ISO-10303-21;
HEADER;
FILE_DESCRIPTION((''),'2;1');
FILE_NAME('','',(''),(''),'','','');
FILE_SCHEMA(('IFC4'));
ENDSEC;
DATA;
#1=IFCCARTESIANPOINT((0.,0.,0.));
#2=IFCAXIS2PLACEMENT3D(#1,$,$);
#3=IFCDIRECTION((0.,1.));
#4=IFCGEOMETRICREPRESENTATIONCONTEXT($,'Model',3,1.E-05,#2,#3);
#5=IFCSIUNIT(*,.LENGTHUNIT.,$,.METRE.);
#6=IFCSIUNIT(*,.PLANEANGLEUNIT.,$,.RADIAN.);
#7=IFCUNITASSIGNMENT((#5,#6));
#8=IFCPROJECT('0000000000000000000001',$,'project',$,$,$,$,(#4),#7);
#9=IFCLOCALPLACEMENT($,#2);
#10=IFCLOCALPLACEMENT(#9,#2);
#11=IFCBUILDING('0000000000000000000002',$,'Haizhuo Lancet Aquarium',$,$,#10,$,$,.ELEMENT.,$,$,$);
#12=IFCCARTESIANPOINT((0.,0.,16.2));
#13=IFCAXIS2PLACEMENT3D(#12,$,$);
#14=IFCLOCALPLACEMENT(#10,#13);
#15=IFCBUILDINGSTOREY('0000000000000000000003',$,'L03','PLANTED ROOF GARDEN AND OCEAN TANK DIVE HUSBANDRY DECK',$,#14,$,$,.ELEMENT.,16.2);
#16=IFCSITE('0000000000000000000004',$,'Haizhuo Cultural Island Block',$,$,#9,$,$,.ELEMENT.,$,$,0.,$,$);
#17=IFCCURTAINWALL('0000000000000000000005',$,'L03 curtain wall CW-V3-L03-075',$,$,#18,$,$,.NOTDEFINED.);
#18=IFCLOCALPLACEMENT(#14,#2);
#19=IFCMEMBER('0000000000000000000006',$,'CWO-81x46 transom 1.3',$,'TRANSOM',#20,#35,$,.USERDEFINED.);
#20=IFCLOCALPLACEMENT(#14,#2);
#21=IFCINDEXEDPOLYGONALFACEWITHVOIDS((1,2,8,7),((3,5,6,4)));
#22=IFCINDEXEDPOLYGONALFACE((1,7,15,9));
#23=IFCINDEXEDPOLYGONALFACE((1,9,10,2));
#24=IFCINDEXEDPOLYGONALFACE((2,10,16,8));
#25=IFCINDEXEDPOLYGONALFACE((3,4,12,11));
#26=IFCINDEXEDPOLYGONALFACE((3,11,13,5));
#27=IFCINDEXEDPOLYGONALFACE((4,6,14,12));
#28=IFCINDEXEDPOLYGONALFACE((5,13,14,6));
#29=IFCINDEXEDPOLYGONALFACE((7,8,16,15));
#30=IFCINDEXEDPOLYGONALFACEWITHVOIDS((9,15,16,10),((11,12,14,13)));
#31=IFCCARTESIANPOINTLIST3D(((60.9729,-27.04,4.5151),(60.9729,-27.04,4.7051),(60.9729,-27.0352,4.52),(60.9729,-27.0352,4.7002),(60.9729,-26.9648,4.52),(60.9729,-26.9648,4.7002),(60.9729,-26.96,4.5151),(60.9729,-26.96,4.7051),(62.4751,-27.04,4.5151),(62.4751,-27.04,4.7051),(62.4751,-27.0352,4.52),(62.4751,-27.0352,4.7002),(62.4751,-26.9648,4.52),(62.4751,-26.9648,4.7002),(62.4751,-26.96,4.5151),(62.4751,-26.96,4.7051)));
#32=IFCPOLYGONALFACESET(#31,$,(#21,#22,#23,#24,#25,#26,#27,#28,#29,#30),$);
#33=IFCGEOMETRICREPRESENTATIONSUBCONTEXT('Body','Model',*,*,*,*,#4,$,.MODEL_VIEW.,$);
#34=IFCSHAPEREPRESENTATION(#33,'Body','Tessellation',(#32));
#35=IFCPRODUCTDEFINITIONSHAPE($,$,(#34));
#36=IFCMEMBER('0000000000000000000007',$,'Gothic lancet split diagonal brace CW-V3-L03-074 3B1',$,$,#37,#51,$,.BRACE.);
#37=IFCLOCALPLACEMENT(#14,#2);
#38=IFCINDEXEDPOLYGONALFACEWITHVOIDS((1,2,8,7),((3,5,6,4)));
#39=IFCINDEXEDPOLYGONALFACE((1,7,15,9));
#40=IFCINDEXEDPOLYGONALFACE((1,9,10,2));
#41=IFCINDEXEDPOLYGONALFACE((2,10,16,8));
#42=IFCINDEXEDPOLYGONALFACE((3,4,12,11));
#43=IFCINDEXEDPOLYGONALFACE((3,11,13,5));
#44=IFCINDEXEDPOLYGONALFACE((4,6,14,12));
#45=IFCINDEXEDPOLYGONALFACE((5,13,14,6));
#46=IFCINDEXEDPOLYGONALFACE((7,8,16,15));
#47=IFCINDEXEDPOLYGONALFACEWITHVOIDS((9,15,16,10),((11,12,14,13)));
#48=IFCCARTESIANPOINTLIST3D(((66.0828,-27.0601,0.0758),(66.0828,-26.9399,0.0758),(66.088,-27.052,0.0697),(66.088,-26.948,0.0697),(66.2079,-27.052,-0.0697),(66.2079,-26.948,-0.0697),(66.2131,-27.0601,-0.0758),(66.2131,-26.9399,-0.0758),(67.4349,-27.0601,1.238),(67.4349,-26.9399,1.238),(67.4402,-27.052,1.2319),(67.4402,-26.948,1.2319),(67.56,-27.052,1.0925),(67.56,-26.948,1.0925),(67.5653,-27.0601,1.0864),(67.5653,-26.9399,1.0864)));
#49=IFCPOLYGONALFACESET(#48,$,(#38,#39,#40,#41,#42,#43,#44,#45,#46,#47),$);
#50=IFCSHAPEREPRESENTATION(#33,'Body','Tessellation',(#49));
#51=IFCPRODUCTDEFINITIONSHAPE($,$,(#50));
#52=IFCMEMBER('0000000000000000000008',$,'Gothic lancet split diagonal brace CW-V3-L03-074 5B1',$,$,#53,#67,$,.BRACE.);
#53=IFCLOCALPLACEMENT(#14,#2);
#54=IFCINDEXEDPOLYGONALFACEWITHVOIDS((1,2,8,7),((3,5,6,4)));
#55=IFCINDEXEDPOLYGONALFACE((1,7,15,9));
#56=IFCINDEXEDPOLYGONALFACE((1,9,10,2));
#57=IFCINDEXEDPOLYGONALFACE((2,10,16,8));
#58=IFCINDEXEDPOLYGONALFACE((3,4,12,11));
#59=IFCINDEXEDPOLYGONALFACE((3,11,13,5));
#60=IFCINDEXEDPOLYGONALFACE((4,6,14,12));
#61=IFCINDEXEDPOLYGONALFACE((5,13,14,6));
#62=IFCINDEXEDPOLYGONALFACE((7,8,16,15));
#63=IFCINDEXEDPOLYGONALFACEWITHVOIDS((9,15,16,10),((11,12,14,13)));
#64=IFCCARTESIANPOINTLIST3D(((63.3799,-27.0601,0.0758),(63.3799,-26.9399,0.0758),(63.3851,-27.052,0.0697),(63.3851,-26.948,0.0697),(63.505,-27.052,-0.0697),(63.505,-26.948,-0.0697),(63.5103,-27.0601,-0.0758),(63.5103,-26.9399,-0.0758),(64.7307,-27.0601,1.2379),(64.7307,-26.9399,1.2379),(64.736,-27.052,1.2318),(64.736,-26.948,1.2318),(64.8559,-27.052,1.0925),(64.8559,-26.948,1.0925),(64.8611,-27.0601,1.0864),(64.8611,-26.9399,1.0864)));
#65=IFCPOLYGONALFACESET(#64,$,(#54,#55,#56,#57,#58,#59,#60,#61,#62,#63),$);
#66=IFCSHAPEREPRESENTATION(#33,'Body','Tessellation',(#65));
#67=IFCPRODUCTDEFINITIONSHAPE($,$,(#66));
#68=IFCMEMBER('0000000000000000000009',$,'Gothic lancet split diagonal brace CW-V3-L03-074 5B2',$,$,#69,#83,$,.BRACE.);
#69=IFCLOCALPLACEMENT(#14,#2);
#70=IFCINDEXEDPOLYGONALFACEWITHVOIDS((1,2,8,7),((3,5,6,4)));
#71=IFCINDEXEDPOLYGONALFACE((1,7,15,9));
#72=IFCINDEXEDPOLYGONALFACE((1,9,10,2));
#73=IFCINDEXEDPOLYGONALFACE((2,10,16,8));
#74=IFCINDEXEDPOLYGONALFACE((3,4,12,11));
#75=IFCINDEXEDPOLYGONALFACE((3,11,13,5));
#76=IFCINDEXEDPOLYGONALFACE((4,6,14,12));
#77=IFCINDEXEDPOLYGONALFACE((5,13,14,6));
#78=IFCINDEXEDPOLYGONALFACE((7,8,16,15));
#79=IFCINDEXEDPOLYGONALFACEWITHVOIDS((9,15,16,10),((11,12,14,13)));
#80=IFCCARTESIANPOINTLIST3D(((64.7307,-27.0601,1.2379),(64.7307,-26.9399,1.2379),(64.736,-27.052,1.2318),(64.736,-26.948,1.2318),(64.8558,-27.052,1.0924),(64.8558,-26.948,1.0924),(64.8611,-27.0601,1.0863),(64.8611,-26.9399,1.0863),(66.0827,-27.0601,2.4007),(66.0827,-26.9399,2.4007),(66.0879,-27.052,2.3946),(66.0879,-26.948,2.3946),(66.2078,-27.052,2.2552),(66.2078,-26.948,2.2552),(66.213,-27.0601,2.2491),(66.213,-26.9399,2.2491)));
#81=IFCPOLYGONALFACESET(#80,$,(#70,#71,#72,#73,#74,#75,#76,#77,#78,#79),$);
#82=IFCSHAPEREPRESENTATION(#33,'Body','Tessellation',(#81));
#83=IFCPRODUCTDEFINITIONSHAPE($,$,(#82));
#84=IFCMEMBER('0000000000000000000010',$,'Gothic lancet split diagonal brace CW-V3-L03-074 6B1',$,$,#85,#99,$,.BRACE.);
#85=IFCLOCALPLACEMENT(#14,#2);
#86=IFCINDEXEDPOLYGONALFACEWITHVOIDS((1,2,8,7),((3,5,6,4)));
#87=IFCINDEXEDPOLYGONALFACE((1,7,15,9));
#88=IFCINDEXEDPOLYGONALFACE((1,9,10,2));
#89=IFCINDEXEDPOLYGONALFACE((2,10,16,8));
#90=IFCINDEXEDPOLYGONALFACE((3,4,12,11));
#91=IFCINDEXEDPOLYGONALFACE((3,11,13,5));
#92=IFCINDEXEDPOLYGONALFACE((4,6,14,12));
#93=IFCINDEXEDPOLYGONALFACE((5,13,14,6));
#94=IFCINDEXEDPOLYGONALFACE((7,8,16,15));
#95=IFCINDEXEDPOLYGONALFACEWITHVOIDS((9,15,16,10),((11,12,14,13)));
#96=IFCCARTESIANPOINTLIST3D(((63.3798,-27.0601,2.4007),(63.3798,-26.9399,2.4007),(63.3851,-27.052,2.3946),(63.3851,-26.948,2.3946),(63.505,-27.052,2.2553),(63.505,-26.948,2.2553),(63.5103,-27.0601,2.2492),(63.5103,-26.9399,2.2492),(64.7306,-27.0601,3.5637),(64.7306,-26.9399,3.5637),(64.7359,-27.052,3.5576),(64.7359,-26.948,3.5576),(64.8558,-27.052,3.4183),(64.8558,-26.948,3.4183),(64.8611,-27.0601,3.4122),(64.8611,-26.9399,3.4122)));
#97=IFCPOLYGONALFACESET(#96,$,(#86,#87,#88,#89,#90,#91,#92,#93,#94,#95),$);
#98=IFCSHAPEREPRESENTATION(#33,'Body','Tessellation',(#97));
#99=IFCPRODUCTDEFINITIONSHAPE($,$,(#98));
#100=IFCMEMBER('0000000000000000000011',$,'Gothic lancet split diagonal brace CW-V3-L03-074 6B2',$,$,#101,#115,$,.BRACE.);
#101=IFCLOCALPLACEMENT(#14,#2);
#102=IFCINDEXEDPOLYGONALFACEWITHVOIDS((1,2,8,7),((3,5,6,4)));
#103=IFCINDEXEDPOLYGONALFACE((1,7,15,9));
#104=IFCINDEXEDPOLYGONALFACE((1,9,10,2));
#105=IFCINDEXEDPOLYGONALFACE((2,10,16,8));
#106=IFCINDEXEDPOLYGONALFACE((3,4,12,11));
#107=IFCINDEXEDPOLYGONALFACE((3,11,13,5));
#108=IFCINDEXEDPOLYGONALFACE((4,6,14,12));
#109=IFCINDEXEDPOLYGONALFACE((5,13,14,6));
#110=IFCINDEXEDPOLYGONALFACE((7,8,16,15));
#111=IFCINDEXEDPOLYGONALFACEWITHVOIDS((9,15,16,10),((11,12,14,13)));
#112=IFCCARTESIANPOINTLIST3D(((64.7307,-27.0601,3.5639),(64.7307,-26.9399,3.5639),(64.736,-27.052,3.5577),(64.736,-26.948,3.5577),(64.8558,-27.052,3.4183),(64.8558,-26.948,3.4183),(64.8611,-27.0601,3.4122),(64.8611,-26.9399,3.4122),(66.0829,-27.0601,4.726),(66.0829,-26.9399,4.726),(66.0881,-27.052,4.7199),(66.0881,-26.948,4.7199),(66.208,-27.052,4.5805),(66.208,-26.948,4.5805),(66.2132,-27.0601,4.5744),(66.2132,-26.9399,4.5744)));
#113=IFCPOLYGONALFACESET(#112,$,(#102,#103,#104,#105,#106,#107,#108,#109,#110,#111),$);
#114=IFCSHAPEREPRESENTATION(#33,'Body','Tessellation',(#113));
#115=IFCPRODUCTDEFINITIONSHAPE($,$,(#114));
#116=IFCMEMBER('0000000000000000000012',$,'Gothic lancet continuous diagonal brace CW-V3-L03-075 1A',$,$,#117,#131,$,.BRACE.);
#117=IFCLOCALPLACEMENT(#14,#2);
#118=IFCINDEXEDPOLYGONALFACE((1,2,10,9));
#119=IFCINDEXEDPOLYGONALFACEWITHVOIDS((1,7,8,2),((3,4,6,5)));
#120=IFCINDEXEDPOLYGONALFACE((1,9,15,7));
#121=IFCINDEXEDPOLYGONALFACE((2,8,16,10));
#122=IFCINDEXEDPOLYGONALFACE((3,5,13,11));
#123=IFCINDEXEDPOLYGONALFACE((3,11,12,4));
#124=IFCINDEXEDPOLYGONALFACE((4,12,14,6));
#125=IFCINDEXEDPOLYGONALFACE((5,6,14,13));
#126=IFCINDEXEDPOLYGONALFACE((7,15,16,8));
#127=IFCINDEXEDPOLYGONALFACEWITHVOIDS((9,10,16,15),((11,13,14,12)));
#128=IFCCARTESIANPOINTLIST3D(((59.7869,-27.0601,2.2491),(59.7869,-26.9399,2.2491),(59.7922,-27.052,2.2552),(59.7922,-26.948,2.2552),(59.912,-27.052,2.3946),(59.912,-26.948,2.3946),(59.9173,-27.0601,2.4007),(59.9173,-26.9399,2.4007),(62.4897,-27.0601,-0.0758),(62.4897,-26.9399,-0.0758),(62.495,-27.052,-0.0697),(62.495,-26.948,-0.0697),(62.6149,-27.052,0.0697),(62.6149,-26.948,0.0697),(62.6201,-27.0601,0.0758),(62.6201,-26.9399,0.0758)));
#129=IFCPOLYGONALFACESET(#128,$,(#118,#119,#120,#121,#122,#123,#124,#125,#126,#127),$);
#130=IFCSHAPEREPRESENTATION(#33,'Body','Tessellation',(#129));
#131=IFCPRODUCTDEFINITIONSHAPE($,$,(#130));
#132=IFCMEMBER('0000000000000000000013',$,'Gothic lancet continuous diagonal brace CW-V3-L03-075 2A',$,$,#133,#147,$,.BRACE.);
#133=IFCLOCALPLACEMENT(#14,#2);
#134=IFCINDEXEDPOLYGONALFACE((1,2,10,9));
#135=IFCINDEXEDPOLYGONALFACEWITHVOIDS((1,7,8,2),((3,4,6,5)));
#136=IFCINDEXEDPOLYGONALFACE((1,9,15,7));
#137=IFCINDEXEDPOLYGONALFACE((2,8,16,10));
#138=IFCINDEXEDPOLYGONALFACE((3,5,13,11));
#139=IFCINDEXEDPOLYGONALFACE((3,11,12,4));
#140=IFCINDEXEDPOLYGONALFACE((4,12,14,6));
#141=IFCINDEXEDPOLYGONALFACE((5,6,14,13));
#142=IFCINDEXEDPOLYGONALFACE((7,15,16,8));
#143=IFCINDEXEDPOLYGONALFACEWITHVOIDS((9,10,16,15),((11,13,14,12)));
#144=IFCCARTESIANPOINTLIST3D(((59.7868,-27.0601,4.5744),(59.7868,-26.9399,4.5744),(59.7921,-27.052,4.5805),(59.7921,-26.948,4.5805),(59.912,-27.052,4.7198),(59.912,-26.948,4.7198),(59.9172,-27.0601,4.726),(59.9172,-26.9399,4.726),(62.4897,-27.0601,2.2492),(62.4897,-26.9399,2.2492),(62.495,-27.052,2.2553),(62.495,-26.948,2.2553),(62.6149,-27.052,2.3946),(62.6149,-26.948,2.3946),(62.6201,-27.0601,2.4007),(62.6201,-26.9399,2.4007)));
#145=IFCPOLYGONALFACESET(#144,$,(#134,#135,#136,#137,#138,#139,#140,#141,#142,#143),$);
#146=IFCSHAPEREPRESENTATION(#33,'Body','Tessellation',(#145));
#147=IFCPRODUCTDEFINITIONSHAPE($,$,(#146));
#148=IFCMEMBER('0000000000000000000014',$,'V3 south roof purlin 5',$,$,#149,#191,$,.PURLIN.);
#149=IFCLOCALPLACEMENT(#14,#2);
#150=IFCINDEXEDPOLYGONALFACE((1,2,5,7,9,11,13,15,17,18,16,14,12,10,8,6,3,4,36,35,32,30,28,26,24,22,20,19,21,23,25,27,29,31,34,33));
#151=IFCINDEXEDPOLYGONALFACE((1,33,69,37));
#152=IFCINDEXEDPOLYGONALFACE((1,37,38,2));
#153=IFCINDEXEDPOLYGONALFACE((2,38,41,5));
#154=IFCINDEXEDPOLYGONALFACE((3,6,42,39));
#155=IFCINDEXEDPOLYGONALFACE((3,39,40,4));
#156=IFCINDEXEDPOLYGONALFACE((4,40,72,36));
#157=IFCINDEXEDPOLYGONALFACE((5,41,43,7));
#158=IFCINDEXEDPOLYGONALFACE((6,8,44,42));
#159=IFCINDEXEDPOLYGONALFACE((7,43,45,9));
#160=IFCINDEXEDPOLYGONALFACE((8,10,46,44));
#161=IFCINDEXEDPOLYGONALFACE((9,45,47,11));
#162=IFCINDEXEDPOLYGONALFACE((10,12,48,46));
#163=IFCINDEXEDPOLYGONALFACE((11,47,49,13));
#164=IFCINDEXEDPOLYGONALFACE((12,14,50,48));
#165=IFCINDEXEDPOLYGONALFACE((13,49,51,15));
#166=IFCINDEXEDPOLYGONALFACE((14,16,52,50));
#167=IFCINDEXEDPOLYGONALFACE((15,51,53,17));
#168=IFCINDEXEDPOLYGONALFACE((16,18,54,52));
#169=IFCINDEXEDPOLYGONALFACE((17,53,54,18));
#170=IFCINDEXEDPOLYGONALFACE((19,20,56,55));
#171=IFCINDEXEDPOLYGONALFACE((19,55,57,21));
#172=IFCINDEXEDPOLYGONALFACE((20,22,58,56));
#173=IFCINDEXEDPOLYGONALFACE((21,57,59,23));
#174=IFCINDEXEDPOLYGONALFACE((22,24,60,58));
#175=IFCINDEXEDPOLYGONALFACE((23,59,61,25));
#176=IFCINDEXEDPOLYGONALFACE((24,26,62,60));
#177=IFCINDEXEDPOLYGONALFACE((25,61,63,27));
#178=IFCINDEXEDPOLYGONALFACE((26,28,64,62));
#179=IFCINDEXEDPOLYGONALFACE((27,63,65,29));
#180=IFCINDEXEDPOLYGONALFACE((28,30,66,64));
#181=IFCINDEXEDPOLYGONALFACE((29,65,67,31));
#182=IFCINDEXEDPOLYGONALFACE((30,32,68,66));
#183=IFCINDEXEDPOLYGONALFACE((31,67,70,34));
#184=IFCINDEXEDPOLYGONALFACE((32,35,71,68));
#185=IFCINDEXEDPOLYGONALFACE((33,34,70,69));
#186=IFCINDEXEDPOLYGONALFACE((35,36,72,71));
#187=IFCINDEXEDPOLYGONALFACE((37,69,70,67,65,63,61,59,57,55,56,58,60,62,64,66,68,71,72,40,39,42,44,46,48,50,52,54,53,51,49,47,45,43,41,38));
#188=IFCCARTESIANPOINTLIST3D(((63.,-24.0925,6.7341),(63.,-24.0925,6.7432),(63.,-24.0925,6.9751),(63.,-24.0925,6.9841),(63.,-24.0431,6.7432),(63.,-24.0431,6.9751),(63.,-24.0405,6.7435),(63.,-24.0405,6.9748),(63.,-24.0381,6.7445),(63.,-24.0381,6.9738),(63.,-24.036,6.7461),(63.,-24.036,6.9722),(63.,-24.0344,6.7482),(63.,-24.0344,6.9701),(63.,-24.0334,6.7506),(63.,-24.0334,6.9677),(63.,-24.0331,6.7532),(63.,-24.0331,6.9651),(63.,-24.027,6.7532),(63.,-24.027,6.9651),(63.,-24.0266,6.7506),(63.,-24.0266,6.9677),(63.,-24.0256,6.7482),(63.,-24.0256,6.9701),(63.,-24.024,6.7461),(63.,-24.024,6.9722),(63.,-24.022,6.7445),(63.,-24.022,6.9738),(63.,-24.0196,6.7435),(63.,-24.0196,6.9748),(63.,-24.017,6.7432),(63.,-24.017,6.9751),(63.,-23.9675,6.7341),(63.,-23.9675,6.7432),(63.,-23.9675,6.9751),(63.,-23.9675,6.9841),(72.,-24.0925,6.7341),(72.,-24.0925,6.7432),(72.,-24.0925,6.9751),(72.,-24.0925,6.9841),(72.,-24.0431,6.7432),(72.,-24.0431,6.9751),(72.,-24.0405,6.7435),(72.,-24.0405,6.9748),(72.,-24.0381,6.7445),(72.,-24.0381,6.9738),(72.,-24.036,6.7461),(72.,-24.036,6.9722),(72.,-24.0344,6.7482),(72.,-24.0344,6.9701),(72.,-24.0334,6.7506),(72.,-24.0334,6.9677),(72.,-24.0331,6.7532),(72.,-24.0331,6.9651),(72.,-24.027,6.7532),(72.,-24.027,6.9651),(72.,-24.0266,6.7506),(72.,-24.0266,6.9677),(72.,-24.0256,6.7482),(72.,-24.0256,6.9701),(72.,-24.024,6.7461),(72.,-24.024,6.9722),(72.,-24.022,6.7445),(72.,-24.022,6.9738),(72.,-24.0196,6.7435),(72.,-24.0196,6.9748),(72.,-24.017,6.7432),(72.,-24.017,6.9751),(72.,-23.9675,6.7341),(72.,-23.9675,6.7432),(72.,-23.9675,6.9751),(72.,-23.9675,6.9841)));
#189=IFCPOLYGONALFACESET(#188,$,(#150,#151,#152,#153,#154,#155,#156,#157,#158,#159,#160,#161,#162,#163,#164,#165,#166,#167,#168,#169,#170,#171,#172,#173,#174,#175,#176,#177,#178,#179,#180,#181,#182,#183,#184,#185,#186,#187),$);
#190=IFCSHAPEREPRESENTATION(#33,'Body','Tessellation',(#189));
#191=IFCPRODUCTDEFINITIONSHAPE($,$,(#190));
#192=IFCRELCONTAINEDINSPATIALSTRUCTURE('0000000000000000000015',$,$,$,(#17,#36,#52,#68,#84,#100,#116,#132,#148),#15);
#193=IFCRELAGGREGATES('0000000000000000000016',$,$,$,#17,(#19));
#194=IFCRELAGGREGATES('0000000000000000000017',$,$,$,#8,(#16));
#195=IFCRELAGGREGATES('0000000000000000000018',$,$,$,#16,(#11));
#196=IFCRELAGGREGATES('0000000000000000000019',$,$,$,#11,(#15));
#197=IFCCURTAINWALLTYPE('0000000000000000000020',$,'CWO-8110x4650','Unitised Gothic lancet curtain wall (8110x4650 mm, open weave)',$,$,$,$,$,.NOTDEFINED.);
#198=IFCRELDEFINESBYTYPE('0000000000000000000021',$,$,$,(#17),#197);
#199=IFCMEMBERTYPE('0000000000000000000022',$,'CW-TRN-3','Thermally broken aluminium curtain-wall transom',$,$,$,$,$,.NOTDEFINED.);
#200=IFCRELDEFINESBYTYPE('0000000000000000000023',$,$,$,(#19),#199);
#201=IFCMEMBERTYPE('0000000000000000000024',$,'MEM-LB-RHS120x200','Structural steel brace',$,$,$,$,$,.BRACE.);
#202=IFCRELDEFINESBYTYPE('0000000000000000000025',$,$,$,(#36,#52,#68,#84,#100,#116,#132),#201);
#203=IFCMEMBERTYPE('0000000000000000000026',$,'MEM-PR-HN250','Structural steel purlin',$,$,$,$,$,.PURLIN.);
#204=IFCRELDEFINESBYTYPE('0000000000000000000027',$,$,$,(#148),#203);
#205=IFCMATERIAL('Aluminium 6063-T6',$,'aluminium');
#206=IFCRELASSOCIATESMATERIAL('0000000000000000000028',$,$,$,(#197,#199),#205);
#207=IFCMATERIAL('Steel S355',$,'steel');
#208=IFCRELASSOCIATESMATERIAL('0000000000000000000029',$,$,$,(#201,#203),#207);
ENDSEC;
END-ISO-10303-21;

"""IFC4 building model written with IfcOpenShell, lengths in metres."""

from ifc_helpers import new_model, si_unit, direction, frame, origin, origin_2d, place, context, subcontext, project, spatial, hollow_rectangle, i_section, extrude, material, material_profile, profile_set, type_object, element, aggregate, save


model = new_model("IFC4")

# Units and contexts
model_context = context("Model", 3, precision=1e-05, world=origin(), true_north=direction((0.0, 1.0)))
body_context = subcontext(model_context, "Body", "Model", "MODEL_VIEW")
ifc_project = project(units=[si_unit("LENGTHUNIT", "METRE"), si_unit("PLANEANGLEUNIT", "RADIAN")], contexts=[model_context])

# Site, building, storey
site_placement = place(None, origin())
site = spatial("IfcSite", under=ifc_project, at=site_placement, Name="Haizhuo Cultural Island Block", CompositionType="ELEMENT", RefElevation=0.0)
building_placement = place(site_placement, origin())
building = spatial("IfcBuilding", under=site, at=building_placement, Name="Haizhuo Lancet Aquarium", CompositionType="ELEMENT")
storey_placement = place(building_placement, frame((0.0, 0.0, 16.2)))
storey = spatial("IfcBuildingStorey", under=building, at=storey_placement, Name="L03", Description="PLANTED ROOF GARDEN AND OCEAN TANK DIVE HUSBANDRY DECK", CompositionType="ELEMENT", Elevation=16.2)

# Shared definitions
ifc_material_1 = material(Name="Aluminium 6063-T6", Category="aluminium")
curtain_wall_type = type_object("IfcCurtainWallType", Name="CWO-8110x4650", Description="Unitised Gothic lancet curtain wall (8110x4650 mm, open weave)", PredefinedType="NOTDEFINED", material=ifc_material_1)

# Curtain wall
curtain_wall_1_placement = place(storey_placement, origin())
curtain_wall_1 = element("IfcCurtainWall", 1, at=curtain_wall_1_placement, inside=storey, type_object=curtain_wall_type, Name="L03 curtain wall CW-V3-L03-075", PredefinedType="NOTDEFINED")

# Member
ifc_material_profile_1 = material_profile(ifc_material_1, hollow_rectangle(XDim=0.0801, YDim=0.1899, WallThickness=0.0049, at=origin_2d()), Name="ALU-T 80x190x5")
ifc_profile_set_1 = profile_set([ifc_material_profile_1], Name="Aluminium 6063-T6")
member_type_1 = type_object("IfcMemberType", Name="CW-TRN-3", Description="Thermally broken aluminium curtain-wall transom", PredefinedType="NOTDEFINED", material=ifc_profile_set_1)
member_1_placement = place(storey_placement, frame((62.4751, -27.0, 4.6101), z_axis=(-1.0, 0.0, 0.0), x_axis=(0.0, -1.0, 0.0)))
member_1 = element("IfcMember", 2, at=member_1_placement, type_object=member_type_1, Name="CWO-81x46 transom 1.3", ObjectType="TRANSOM", PredefinedType="USERDEFINED", context=body_context, shape_type="SweptSolid", body=[
    extrude(hollow_rectangle(XDim=0.0801, YDim=0.1899, WallThickness=0.0049, at=origin_2d()), origin(), (0.0, 0.0, 1.0), 1.5022),
])

# Members
ifc_material_2 = material(Name="Steel S355", Category="steel")
ifc_material_profile_2 = material_profile(ifc_material_2, hollow_rectangle(XDim=0.1201, YDim=0.2, WallThickness=0.0081, at=origin_2d()), Name="RHS 120x200x8")
ifc_profile_set_2 = profile_set([ifc_material_profile_2], Name="Steel S355")
member_type_2 = type_object("IfcMemberType", Name="MEM-LB-RHS120x200", Description="Structural steel brace", PredefinedType="BRACE", material=ifc_profile_set_2)
member_2_placement = place(storey_placement, frame((66.1479, -27.0, 0.0), z_axis=(0.758367, 0.0, 0.651828), x_axis=(0.0, 1.0, 0.0)))
element("IfcMember", 3, at=member_2_placement, inside=storey, type_object=member_type_2, Name="Gothic lancet split diagonal brace CW-V3-L03-074 3B1", PredefinedType="BRACE", context=body_context, shape_type="SweptSolid", body=[
    extrude(hollow_rectangle(XDim=0.1201, YDim=0.2, WallThickness=0.0081, at=origin_2d()), origin(), (0.0, 0.0, 1.0), 1.783),
])
member_3_placement = place(storey_placement, frame((63.4451, -27.0, 0.0), z_axis=(0.758075, 0.0, 0.652167), x_axis=(0.0, 1.0, 0.0)))
element("IfcMember", 4, at=member_3_placement, inside=storey, type_object=member_type_2, Name="Gothic lancet split diagonal brace CW-V3-L03-074 5B1", PredefinedType="BRACE", context=body_context, shape_type="SweptSolid", body=[
    extrude(hollow_rectangle(XDim=0.1201, YDim=0.2, WallThickness=0.0081, at=origin_2d()), origin(), (0.0, 0.0, 1.0), 1.782),
])
member_4_placement = place(storey_placement, frame((64.7959, -27.0, 1.1621), z_axis=(0.758164, 0.0, 0.652064), x_axis=(0.0, 1.0, 0.0)))
element("IfcMember", 5, at=member_4_placement, inside=storey, type_object=member_type_2, Name="Gothic lancet split diagonal brace CW-V3-L03-074 5B2", PredefinedType="BRACE", context=body_context, shape_type="SweptSolid", body=[
    extrude(hollow_rectangle(XDim=0.1201, YDim=0.2, WallThickness=0.0081, at=origin_2d()), origin(), (0.0, 0.0, 1.0), 1.7832),
])
member_5_placement = place(storey_placement, frame((63.4451, -27.0, 2.325), z_axis=(0.757805, 0.0, 0.652482), x_axis=(0.0, 1.0, 0.0)))
element("IfcMember", 6, at=member_5_placement, inside=storey, type_object=member_type_2, Name="Gothic lancet split diagonal brace CW-V3-L03-074 6B1", PredefinedType="BRACE", context=body_context, shape_type="SweptSolid", body=[
    extrude(hollow_rectangle(XDim=0.1201, YDim=0.2, WallThickness=0.0081, at=origin_2d()), origin(), (0.0, 0.0, 1.0), 1.7825),
])
member_6_placement = place(storey_placement, frame((64.7959, -27.0, 3.488), z_axis=(0.758367, 0.0, 0.651828), x_axis=(0.0, 1.0, 0.0)))
element("IfcMember", 7, at=member_6_placement, inside=storey, type_object=member_type_2, Name="Gothic lancet split diagonal brace CW-V3-L03-074 6B2", PredefinedType="BRACE", context=body_context, shape_type="SweptSolid", body=[
    extrude(hollow_rectangle(XDim=0.1201, YDim=0.2, WallThickness=0.0081, at=origin_2d()), origin(), (0.0, 0.0, 1.0), 1.783),
])
member_7_placement = place(storey_placement, frame((62.5549, -27.0, 0.0), z_axis=(-0.75812, 0.0, 0.652116), x_axis=(0.0, -1.0, 0.0)))
element("IfcMember", 8, at=member_7_placement, inside=storey, type_object=member_type_2, Name="Gothic lancet continuous diagonal brace CW-V3-L03-075 1A", PredefinedType="BRACE", context=body_context, shape_type="SweptSolid", body=[
    extrude(hollow_rectangle(XDim=0.1201, YDim=0.2, WallThickness=0.0081, at=origin_2d()), origin(), (0.0, 0.0, 1.0), 3.5652),
])
member_8_placement = place(storey_placement, frame((62.5549, -27.0, 2.325), z_axis=(-0.758086, 0.0, 0.652155), x_axis=(0.0, -1.0, 0.0)))
element("IfcMember", 9, at=member_8_placement, inside=storey, type_object=member_type_2, Name="Gothic lancet continuous diagonal brace CW-V3-L03-075 2A", PredefinedType="BRACE", context=body_context, shape_type="SweptSolid", body=[
    extrude(hollow_rectangle(XDim=0.1201, YDim=0.2, WallThickness=0.0081, at=origin_2d()), origin(), (0.0, 0.0, 1.0), 3.5654),
])
ifc_material_profile_3 = material_profile(ifc_material_2, i_section(OverallWidth=0.125, OverallDepth=0.25, WebThickness=0.0061, FlangeThickness=0.009, FilletRadius=0.01, at=origin_2d()), Name="HN 250x125x6x9")
ifc_profile_set_3 = profile_set([ifc_material_profile_3], Name="Steel S355")
member_type_3 = type_object("IfcMemberType", Name="MEM-PR-HN250", Description="Structural steel purlin", PredefinedType="PURLIN", material=ifc_profile_set_3)
member_9_placement = place(storey_placement, frame((63.0, -24.03, 6.8591), z_axis=(1.0, 0.0, 0.0), x_axis=(0.0, 1.0, 0.0)))
element("IfcMember", 10, at=member_9_placement, inside=storey, type_object=member_type_3, Name="V3 south roof purlin 5", PredefinedType="PURLIN", context=body_context, shape_type="SweptSolid", body=[
    extrude(i_section(OverallWidth=0.125, OverallDepth=0.25, WebThickness=0.0061, FlangeThickness=0.009, FilletRadius=0.01, at=origin_2d()), origin(), (0.0, 0.0, 1.0), 9.0),
])

aggregate(curtain_wall_1, [member_1])

save(model, "model.ifc")
